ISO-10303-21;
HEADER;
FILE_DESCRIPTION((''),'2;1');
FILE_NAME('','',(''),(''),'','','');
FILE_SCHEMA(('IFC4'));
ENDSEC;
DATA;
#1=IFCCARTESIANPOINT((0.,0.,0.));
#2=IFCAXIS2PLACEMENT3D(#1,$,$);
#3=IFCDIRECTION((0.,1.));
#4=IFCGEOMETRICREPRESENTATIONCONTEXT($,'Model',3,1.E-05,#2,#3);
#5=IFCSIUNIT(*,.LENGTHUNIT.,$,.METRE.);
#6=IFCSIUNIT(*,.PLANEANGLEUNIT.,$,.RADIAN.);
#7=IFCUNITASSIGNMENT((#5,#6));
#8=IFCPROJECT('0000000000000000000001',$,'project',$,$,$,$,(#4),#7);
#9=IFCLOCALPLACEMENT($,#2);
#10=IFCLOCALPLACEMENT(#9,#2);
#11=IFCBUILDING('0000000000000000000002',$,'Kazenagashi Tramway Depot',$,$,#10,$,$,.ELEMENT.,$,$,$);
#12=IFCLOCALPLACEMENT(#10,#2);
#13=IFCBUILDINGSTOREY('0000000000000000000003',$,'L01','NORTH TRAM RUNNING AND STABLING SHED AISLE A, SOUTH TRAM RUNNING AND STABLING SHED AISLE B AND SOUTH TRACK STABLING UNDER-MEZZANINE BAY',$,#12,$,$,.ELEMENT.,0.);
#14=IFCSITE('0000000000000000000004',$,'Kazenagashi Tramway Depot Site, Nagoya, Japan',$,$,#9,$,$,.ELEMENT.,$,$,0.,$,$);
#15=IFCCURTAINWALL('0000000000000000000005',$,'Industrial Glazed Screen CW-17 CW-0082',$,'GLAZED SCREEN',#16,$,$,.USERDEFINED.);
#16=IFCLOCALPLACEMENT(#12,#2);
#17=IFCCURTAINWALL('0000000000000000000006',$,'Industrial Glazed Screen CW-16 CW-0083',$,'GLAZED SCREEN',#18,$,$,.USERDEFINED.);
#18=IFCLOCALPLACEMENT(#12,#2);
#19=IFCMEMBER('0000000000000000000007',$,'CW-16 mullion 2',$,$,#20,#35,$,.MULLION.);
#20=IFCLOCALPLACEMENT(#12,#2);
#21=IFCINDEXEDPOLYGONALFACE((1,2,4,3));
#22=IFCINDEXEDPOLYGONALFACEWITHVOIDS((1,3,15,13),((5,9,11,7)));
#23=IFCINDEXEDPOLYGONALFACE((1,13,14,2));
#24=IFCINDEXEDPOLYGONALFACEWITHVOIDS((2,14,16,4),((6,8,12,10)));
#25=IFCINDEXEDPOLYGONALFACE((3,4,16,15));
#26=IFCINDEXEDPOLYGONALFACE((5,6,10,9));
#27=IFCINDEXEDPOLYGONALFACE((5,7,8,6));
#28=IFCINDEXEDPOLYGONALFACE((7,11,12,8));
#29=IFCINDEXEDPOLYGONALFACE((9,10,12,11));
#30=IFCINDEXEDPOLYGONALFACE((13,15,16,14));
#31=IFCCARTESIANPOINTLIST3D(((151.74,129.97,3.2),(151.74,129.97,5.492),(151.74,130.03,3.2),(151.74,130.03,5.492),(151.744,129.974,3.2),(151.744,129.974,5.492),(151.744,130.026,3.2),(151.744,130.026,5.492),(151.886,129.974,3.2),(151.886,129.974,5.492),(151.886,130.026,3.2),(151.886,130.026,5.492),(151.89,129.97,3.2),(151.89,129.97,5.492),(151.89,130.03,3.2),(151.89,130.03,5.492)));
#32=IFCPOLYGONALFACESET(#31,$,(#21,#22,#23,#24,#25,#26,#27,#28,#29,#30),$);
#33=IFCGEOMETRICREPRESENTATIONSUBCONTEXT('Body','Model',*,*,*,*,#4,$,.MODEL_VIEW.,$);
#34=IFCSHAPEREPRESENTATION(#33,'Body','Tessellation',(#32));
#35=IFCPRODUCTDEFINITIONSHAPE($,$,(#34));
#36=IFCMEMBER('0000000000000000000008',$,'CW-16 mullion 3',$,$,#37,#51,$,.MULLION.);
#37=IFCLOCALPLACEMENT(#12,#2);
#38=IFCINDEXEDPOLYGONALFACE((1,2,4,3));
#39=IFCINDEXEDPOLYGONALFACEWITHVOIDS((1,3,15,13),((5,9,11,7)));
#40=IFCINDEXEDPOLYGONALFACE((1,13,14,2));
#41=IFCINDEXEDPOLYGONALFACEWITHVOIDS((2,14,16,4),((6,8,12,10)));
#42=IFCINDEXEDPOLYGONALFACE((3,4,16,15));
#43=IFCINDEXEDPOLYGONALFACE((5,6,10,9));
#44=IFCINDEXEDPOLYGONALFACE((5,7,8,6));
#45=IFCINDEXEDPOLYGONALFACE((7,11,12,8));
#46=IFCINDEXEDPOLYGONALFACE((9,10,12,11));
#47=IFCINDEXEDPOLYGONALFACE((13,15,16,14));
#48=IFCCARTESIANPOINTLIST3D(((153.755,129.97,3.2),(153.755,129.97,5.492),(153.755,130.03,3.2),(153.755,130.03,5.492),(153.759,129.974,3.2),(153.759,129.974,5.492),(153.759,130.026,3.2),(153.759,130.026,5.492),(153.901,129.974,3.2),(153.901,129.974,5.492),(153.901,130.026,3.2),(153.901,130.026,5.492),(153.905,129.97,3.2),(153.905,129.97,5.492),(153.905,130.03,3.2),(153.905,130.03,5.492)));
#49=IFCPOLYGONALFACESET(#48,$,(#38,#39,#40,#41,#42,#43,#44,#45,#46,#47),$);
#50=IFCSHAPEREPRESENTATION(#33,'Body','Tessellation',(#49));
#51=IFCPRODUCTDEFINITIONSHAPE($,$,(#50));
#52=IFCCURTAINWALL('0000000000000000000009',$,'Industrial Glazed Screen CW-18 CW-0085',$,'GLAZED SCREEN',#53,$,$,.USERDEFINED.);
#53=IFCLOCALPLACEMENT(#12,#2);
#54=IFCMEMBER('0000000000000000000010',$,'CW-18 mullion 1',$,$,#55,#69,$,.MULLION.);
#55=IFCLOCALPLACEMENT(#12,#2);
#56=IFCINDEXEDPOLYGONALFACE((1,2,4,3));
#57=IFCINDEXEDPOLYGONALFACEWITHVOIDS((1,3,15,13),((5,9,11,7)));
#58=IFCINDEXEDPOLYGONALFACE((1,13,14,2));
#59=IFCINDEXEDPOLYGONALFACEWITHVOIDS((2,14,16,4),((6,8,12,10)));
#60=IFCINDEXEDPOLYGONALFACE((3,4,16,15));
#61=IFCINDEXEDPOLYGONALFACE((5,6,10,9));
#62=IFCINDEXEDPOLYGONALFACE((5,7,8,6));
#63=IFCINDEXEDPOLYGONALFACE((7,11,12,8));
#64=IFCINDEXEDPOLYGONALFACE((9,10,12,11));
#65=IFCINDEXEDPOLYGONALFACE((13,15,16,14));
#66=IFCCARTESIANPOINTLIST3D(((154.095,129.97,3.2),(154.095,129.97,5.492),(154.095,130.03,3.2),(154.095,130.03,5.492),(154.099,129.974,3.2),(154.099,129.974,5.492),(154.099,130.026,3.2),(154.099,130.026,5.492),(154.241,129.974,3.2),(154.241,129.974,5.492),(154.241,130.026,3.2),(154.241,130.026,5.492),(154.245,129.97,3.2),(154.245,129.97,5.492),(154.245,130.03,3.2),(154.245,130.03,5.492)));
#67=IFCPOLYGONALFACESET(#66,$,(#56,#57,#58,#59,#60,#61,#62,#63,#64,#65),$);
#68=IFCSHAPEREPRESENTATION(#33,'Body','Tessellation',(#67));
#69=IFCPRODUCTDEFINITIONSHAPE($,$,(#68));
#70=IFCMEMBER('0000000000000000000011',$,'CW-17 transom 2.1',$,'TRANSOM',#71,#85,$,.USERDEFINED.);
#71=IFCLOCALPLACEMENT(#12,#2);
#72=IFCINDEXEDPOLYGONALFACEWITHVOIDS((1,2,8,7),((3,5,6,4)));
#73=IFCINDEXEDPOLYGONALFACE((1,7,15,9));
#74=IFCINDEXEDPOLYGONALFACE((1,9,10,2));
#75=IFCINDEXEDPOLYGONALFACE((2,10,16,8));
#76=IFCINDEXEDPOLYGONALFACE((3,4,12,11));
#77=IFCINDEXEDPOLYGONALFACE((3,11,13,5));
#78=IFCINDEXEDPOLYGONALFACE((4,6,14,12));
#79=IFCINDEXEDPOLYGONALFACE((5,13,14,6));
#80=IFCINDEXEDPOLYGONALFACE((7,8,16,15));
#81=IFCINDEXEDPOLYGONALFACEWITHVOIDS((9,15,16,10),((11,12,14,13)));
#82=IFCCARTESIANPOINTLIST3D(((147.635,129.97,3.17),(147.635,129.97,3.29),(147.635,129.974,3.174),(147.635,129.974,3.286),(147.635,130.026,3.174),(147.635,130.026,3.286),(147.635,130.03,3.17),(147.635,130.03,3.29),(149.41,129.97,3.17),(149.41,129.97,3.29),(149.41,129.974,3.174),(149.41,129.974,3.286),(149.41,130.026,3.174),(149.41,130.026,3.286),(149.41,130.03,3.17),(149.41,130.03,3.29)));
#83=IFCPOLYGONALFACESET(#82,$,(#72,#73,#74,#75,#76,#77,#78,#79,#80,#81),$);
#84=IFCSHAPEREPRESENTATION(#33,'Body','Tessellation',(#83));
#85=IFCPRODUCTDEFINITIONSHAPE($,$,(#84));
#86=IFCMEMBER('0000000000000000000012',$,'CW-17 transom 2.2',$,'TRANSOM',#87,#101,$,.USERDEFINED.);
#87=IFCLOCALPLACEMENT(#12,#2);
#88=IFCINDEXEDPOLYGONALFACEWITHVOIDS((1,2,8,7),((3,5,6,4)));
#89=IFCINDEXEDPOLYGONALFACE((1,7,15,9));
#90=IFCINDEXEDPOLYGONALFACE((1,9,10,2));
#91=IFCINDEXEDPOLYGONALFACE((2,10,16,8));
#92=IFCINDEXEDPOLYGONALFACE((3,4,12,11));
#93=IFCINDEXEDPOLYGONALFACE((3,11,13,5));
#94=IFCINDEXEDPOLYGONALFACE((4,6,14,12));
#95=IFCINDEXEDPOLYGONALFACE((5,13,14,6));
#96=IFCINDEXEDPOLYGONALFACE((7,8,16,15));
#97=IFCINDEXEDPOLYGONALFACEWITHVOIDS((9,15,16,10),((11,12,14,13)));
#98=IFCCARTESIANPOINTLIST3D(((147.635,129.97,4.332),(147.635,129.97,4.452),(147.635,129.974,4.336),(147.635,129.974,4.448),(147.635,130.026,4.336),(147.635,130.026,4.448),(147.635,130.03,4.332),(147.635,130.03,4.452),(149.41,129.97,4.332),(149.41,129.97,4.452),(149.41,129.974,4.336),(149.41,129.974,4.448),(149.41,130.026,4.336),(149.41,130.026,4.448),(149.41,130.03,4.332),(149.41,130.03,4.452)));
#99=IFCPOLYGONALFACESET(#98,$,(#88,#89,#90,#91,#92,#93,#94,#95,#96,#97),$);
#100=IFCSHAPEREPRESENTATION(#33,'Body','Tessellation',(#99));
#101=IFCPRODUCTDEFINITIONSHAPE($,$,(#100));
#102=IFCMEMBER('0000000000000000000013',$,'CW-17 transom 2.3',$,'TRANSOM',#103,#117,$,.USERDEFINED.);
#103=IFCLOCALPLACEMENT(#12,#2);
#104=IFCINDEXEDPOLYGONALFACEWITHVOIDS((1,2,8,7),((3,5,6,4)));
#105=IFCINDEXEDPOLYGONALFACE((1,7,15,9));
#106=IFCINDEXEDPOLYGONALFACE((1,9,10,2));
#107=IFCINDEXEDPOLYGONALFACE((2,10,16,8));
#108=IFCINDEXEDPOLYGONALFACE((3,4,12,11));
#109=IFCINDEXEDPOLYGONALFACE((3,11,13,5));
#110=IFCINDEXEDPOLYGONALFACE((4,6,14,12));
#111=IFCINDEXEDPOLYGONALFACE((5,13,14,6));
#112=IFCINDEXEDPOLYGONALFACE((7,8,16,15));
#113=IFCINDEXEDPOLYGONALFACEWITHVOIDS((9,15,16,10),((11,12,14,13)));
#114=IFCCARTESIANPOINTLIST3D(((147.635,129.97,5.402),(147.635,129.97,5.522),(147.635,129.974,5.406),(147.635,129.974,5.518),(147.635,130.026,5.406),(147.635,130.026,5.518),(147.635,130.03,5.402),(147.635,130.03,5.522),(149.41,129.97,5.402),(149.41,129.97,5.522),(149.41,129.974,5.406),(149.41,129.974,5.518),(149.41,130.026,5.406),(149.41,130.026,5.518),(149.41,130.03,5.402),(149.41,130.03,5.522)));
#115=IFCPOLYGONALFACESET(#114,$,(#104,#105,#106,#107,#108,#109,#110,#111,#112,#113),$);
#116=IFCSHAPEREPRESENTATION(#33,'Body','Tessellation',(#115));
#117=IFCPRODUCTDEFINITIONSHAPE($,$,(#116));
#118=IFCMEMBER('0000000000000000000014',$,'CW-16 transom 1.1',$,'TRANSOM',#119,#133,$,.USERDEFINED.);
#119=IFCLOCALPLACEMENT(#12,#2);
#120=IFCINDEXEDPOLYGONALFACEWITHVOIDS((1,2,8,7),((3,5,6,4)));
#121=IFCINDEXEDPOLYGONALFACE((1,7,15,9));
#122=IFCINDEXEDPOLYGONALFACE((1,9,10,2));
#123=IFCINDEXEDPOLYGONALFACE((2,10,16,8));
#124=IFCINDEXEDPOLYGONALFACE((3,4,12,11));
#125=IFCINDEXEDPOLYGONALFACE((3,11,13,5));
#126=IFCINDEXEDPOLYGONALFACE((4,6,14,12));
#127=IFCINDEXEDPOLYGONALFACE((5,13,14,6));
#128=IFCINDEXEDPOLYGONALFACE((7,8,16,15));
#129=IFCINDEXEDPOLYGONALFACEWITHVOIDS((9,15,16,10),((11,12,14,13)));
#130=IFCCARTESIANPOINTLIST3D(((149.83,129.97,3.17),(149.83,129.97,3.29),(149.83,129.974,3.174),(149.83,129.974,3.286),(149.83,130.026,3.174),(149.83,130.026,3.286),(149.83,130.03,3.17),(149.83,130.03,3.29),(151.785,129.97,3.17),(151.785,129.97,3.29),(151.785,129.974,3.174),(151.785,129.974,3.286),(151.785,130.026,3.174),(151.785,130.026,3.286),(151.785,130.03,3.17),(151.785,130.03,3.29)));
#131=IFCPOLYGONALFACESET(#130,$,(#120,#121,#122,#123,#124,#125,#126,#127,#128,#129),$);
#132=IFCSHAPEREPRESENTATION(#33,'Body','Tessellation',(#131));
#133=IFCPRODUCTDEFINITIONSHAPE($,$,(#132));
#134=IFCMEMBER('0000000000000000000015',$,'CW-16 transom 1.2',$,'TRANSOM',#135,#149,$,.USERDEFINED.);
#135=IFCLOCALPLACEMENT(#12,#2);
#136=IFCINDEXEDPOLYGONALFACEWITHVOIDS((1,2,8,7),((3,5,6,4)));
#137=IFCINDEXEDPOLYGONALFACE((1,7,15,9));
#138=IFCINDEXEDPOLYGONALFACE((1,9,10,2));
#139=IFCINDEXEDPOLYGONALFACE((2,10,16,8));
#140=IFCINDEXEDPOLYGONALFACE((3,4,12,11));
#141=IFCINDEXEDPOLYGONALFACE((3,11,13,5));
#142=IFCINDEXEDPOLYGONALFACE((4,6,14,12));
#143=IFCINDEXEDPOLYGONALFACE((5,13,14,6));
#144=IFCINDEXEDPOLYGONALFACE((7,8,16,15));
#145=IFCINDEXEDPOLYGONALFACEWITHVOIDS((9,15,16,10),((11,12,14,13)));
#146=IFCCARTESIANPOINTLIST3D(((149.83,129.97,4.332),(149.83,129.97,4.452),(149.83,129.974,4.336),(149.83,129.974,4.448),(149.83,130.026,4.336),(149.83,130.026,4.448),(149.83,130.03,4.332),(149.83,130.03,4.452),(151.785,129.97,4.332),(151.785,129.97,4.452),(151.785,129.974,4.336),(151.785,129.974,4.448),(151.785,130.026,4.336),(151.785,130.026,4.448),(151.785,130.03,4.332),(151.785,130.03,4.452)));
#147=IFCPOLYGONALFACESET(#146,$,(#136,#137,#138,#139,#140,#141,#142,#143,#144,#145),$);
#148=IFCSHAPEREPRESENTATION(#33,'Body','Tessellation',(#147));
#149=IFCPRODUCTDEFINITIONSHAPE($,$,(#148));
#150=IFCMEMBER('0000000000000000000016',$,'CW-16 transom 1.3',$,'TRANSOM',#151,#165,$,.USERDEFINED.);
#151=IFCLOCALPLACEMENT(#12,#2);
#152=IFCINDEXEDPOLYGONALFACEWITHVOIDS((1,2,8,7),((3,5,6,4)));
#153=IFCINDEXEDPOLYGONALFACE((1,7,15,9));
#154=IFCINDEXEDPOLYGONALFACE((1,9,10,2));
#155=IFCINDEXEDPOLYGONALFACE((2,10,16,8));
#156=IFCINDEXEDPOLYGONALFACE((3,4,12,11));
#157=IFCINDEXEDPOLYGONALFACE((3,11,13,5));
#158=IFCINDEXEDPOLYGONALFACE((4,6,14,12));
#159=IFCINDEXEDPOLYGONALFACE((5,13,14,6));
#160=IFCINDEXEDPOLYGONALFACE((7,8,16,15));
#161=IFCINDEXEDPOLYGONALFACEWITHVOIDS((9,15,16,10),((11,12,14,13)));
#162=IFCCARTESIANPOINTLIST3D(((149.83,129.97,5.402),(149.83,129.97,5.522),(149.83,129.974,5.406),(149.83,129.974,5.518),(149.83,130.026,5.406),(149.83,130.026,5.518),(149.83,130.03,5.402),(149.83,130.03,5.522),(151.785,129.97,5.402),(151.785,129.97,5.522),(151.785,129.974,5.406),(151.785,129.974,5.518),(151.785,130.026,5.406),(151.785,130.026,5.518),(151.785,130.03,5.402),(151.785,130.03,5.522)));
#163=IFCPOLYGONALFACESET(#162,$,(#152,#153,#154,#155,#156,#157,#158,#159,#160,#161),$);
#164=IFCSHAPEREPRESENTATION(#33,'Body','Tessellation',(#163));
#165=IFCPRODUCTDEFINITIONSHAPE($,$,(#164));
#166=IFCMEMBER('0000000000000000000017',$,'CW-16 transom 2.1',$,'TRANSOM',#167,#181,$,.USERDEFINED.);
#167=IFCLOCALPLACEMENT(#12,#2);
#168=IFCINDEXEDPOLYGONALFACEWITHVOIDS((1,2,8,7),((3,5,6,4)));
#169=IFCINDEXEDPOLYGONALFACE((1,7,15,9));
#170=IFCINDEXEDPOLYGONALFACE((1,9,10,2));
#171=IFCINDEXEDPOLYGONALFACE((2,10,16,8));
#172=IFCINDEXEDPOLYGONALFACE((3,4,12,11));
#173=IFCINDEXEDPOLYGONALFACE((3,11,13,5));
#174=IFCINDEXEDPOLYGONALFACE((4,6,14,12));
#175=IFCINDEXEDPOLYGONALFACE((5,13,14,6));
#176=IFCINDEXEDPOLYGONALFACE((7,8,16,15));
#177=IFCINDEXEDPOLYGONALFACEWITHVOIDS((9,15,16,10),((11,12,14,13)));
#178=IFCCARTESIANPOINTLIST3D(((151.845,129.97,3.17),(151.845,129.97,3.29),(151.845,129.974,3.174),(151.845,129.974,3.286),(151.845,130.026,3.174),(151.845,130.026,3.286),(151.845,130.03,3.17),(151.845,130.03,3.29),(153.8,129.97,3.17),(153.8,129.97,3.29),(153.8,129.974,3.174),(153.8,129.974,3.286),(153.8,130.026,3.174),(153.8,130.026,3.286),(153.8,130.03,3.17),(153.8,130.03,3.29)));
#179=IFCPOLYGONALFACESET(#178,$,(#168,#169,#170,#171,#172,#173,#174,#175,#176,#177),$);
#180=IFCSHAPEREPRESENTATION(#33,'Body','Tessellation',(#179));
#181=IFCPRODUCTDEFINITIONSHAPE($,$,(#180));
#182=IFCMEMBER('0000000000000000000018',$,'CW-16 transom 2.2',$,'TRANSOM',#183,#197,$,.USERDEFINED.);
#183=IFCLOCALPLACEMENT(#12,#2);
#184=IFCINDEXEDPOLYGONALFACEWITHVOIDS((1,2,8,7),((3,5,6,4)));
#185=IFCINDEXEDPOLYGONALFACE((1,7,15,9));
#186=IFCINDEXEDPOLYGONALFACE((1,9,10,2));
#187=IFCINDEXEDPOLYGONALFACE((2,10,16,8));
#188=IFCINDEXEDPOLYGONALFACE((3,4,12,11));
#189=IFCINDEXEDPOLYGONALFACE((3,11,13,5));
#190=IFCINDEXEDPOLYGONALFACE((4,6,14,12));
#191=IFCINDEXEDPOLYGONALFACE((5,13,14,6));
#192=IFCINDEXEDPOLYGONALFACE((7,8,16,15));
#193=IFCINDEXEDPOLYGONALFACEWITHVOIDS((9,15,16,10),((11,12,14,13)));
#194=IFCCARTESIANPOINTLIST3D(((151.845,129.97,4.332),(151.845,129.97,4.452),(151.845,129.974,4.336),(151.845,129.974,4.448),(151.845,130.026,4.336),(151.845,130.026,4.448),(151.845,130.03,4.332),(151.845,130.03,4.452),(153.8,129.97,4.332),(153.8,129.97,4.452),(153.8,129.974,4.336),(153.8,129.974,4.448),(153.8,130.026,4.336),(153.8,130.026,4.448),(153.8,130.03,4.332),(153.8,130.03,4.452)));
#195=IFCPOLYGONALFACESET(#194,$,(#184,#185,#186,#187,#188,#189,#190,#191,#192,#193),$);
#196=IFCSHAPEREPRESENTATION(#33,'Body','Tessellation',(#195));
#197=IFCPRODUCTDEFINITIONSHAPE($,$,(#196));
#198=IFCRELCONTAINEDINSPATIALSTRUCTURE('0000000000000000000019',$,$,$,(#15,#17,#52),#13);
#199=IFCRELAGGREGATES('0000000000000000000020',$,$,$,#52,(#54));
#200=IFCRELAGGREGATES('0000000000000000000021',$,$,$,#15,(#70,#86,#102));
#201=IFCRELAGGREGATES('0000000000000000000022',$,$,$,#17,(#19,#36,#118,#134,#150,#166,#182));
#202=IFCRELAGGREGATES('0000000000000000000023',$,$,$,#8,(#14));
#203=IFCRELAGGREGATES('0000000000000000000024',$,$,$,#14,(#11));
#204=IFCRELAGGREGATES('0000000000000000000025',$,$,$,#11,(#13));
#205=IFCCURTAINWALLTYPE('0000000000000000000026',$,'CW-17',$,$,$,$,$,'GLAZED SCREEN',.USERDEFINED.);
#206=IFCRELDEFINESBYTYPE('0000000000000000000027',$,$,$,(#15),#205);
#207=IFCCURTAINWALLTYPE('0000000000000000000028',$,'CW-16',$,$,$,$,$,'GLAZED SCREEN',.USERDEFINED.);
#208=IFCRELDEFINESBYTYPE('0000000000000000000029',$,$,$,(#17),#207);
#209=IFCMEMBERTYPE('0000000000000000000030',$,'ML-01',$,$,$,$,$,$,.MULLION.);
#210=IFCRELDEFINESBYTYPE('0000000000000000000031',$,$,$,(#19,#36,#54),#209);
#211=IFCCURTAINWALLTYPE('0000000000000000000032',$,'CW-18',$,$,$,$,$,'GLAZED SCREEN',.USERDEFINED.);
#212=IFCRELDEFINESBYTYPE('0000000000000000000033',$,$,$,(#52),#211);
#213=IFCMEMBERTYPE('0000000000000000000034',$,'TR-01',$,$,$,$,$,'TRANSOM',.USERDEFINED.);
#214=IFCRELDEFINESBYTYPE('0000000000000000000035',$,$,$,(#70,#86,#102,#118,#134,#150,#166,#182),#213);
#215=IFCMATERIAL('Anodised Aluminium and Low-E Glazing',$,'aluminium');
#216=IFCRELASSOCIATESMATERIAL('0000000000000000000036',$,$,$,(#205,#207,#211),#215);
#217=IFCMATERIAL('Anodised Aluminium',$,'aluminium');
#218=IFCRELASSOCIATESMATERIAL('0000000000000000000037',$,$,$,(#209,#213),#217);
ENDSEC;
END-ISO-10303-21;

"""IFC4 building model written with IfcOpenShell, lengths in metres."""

from ifc_helpers import new_model, si_unit, direction, frame, origin, origin_2d, place, context, subcontext, project, spatial, hollow_rectangle, extrude, material, material_profile, profile_set, type_object, element, aggregate, save


model = new_model("IFC4")

# Units and contexts
model_context = context("Model", 3, precision=1e-05, world=origin(), true_north=direction((0.0, 1.0)))
body_context = subcontext(model_context, "Body", "Model", "MODEL_VIEW")
ifc_project = project(units=[si_unit("LENGTHUNIT", "METRE"), si_unit("PLANEANGLEUNIT", "RADIAN")], contexts=[model_context])

# Site, building, storey
site_placement = place(None, origin())
site = spatial("IfcSite", under=ifc_project, at=site_placement, Name="Kazenagashi Tramway Depot Site, Nagoya, Japan", CompositionType="ELEMENT", RefElevation=0.0)
building_placement = place(site_placement, origin())
building = spatial("IfcBuilding", under=site, at=building_placement, Name="Kazenagashi Tramway Depot", CompositionType="ELEMENT")
storey_placement = place(building_placement, origin())
storey = spatial("IfcBuildingStorey", under=building, at=storey_placement, Name="L01", Description="NORTH TRAM RUNNING AND STABLING SHED AISLE A, SOUTH TRAM RUNNING AND STABLING SHED AISLE B AND SOUTH TRACK STABLING UNDER-MEZZANINE BAY", CompositionType="ELEMENT", Elevation=0.0)

# Curtain walls, members
ifc_material_1 = material(Name="Anodised Aluminium and Low-E Glazing", Category="aluminium")
curtain_wall_type_1 = type_object("IfcCurtainWallType", Name="CW-17", ElementType="GLAZED SCREEN", PredefinedType="USERDEFINED", material=ifc_material_1)
curtain_wall_1_placement = place(storey_placement, origin())
curtain_wall_1 = element("IfcCurtainWall", 1, at=curtain_wall_1_placement, inside=storey, type_object=curtain_wall_type_1, Name="Industrial Glazed Screen CW-17 CW-0082", ObjectType="GLAZED SCREEN", PredefinedType="USERDEFINED")
ifc_material_2 = material(Name="Anodised Aluminium", Category="aluminium")
ifc_material_profile_1 = material_profile(ifc_material_2, hollow_rectangle(XDim=0.06, YDim=0.15, WallThickness=0.004, at=origin_2d()), Name="RHS-150x60x4")
ifc_profile_set_1 = profile_set([ifc_material_profile_1], Name="Anodised Aluminium")
member_type_1 = type_object("IfcMemberType", Name="ML-01", PredefinedType="MULLION", material=ifc_profile_set_1)
curtain_wall_type_2 = type_object("IfcCurtainWallType", Name="CW-16", ElementType="GLAZED SCREEN", PredefinedType="USERDEFINED", material=ifc_material_1)
curtain_wall_2_placement = place(storey_placement, origin())
curtain_wall_2 = element("IfcCurtainWall", 2, at=curtain_wall_2_placement, inside=storey, type_object=curtain_wall_type_2, Name="Industrial Glazed Screen CW-16 CW-0083", ObjectType="GLAZED SCREEN", PredefinedType="USERDEFINED")
member_1_placement = place(storey_placement, frame((151.815, 130.0, 3.2), z_axis=(0.0, 0.0, 1.0), x_axis=(0.0, 1.0, 0.0)))
member_1 = element("IfcMember", 3, at=member_1_placement, type_object=member_type_1, Name="CW-16 mullion 2", PredefinedType="MULLION", context=body_context, shape_type="SweptSolid", body=[
    extrude(hollow_rectangle(XDim=0.06, YDim=0.15, WallThickness=0.004, at=origin_2d()), origin(), (0.0, 0.0, 1.0), 2.292),
])
member_2_placement = place(storey_placement, frame((153.83, 130.0, 3.2), z_axis=(0.0, 0.0, 1.0), x_axis=(0.0, 1.0, 0.0)))
member_2 = element("IfcMember", 4, at=member_2_placement, type_object=member_type_1, Name="CW-16 mullion 3", PredefinedType="MULLION", context=body_context, shape_type="SweptSolid", body=[
    extrude(hollow_rectangle(XDim=0.06, YDim=0.15, WallThickness=0.004, at=origin_2d()), origin(), (0.0, 0.0, 1.0), 2.292),
])

# Curtain wall, member
curtain_wall_type_3 = type_object("IfcCurtainWallType", Name="CW-18", ElementType="GLAZED SCREEN", PredefinedType="USERDEFINED", material=ifc_material_1)
curtain_wall_3_placement = place(storey_placement, origin())
curtain_wall_3 = element("IfcCurtainWall", 5, at=curtain_wall_3_placement, inside=storey, type_object=curtain_wall_type_3, Name="Industrial Glazed Screen CW-18 CW-0085", ObjectType="GLAZED SCREEN", PredefinedType="USERDEFINED")
member_3_placement = place(storey_placement, frame((154.17, 130.0, 3.2), z_axis=(0.0, 0.0, 1.0), x_axis=(0.0, 1.0, 0.0)))
member_3 = element("IfcMember", 6, at=member_3_placement, type_object=member_type_1, Name="CW-18 mullion 1", PredefinedType="MULLION", context=body_context, shape_type="SweptSolid", body=[
    extrude(hollow_rectangle(XDim=0.06, YDim=0.15, WallThickness=0.004, at=origin_2d()), origin(), (0.0, 0.0, 1.0), 2.292),
])

# Members
ifc_material_profile_2 = material_profile(ifc_material_2, hollow_rectangle(XDim=0.06, YDim=0.12, WallThickness=0.004, at=origin_2d()), Name="RHS-120x60x4")
ifc_profile_set_2 = profile_set([ifc_material_profile_2], Name="Anodised Aluminium")
member_type_2 = type_object("IfcMemberType", Name="TR-01", ElementType="TRANSOM", PredefinedType="USERDEFINED", material=ifc_profile_set_2)
member_4_placement = place(storey_placement, frame((147.635, 130.0, 3.23), z_axis=(1.0, 0.0, 0.0), x_axis=(0.0, 1.0, 0.0)))
member_4 = element("IfcMember", 7, at=member_4_placement, type_object=member_type_2, Name="CW-17 transom 2.1", ObjectType="TRANSOM", PredefinedType="USERDEFINED", context=body_context, shape_type="SweptSolid", body=[
    extrude(hollow_rectangle(XDim=0.06, YDim=0.12, WallThickness=0.004, at=origin_2d()), origin(), (0.0, 0.0, 1.0), 1.775),
])
member_5_placement = place(storey_placement, frame((147.635, 130.0, 4.392), z_axis=(1.0, 0.0, 0.0), x_axis=(0.0, 1.0, 0.0)))
member_5 = element("IfcMember", 8, at=member_5_placement, type_object=member_type_2, Name="CW-17 transom 2.2", ObjectType="TRANSOM", PredefinedType="USERDEFINED", context=body_context, shape_type="SweptSolid", body=[
    extrude(hollow_rectangle(XDim=0.06, YDim=0.12, WallThickness=0.004, at=origin_2d()), origin(), (0.0, 0.0, 1.0), 1.775),
])
member_6_placement = place(storey_placement, frame((147.635, 130.0, 5.462), z_axis=(1.0, 0.0, 0.0), x_axis=(0.0, 1.0, 0.0)))
member_6 = element("IfcMember", 9, at=member_6_placement, type_object=member_type_2, Name="CW-17 transom 2.3", ObjectType="TRANSOM", PredefinedType="USERDEFINED", context=body_context, shape_type="SweptSolid", body=[
    extrude(hollow_rectangle(XDim=0.06, YDim=0.12, WallThickness=0.004, at=origin_2d()), origin(), (0.0, 0.0, 1.0), 1.775),
])
member_7_placement = place(storey_placement, frame((149.83, 130.0, 3.23), z_axis=(1.0, 0.0, 0.0), x_axis=(0.0, 1.0, 0.0)))
member_7 = element("IfcMember", 10, at=member_7_placement, type_object=member_type_2, Name="CW-16 transom 1.1", ObjectType="TRANSOM", PredefinedType="USERDEFINED", context=body_context, shape_type="SweptSolid", body=[
    extrude(hollow_rectangle(XDim=0.06, YDim=0.12, WallThickness=0.004, at=origin_2d()), origin(), (0.0, 0.0, 1.0), 1.955),
])
member_8_placement = place(storey_placement, frame((149.83, 130.0, 4.392), z_axis=(1.0, 0.0, 0.0), x_axis=(0.0, 1.0, 0.0)))
member_8 = element("IfcMember", 11, at=member_8_placement, type_object=member_type_2, Name="CW-16 transom 1.2", ObjectType="TRANSOM", PredefinedType="USERDEFINED", context=body_context, shape_type="SweptSolid", body=[
    extrude(hollow_rectangle(XDim=0.06, YDim=0.12, WallThickness=0.004, at=origin_2d()), origin(), (0.0, 0.0, 1.0), 1.955),
])
member_9_placement = place(storey_placement, frame((149.83, 130.0, 5.462), z_axis=(1.0, 0.0, 0.0), x_axis=(0.0, 1.0, 0.0)))
member_9 = element("IfcMember", 12, at=member_9_placement, type_object=member_type_2, Name="CW-16 transom 1.3", ObjectType="TRANSOM", PredefinedType="USERDEFINED", context=body_context, shape_type="SweptSolid", body=[
    extrude(hollow_rectangle(XDim=0.06, YDim=0.12, WallThickness=0.004, at=origin_2d()), origin(), (0.0, 0.0, 1.0), 1.955),
])
member_10_placement = place(storey_placement, frame((151.845, 130.0, 3.23), z_axis=(1.0, 0.0, 0.0), x_axis=(0.0, 1.0, 0.0)))
member_10 = element("IfcMember", 13, at=member_10_placement, type_object=member_type_2, Name="CW-16 transom 2.1", ObjectType="TRANSOM", PredefinedType="USERDEFINED", context=body_context, shape_type="SweptSolid", body=[
    extrude(hollow_rectangle(XDim=0.06, YDim=0.12, WallThickness=0.004, at=origin_2d()), origin(), (0.0, 0.0, 1.0), 1.955),
])
member_11_placement = place(storey_placement, frame((151.845, 130.0, 4.392), z_axis=(1.0, 0.0, 0.0), x_axis=(0.0, 1.0, 0.0)))
member_11 = element("IfcMember", 14, at=member_11_placement, type_object=member_type_2, Name="CW-16 transom 2.2", ObjectType="TRANSOM", PredefinedType="USERDEFINED", context=body_context, shape_type="SweptSolid", body=[
    extrude(hollow_rectangle(XDim=0.06, YDim=0.12, WallThickness=0.004, at=origin_2d()), origin(), (0.0, 0.0, 1.0), 1.955),
])
aggregate(curtain_wall_3, [member_3])

aggregate(curtain_wall_1, [member_4, member_5, member_6])
aggregate(curtain_wall_2, [member_1, member_2, member_7, member_8, member_9, member_10, member_11])

save(model, "model.ifc")
